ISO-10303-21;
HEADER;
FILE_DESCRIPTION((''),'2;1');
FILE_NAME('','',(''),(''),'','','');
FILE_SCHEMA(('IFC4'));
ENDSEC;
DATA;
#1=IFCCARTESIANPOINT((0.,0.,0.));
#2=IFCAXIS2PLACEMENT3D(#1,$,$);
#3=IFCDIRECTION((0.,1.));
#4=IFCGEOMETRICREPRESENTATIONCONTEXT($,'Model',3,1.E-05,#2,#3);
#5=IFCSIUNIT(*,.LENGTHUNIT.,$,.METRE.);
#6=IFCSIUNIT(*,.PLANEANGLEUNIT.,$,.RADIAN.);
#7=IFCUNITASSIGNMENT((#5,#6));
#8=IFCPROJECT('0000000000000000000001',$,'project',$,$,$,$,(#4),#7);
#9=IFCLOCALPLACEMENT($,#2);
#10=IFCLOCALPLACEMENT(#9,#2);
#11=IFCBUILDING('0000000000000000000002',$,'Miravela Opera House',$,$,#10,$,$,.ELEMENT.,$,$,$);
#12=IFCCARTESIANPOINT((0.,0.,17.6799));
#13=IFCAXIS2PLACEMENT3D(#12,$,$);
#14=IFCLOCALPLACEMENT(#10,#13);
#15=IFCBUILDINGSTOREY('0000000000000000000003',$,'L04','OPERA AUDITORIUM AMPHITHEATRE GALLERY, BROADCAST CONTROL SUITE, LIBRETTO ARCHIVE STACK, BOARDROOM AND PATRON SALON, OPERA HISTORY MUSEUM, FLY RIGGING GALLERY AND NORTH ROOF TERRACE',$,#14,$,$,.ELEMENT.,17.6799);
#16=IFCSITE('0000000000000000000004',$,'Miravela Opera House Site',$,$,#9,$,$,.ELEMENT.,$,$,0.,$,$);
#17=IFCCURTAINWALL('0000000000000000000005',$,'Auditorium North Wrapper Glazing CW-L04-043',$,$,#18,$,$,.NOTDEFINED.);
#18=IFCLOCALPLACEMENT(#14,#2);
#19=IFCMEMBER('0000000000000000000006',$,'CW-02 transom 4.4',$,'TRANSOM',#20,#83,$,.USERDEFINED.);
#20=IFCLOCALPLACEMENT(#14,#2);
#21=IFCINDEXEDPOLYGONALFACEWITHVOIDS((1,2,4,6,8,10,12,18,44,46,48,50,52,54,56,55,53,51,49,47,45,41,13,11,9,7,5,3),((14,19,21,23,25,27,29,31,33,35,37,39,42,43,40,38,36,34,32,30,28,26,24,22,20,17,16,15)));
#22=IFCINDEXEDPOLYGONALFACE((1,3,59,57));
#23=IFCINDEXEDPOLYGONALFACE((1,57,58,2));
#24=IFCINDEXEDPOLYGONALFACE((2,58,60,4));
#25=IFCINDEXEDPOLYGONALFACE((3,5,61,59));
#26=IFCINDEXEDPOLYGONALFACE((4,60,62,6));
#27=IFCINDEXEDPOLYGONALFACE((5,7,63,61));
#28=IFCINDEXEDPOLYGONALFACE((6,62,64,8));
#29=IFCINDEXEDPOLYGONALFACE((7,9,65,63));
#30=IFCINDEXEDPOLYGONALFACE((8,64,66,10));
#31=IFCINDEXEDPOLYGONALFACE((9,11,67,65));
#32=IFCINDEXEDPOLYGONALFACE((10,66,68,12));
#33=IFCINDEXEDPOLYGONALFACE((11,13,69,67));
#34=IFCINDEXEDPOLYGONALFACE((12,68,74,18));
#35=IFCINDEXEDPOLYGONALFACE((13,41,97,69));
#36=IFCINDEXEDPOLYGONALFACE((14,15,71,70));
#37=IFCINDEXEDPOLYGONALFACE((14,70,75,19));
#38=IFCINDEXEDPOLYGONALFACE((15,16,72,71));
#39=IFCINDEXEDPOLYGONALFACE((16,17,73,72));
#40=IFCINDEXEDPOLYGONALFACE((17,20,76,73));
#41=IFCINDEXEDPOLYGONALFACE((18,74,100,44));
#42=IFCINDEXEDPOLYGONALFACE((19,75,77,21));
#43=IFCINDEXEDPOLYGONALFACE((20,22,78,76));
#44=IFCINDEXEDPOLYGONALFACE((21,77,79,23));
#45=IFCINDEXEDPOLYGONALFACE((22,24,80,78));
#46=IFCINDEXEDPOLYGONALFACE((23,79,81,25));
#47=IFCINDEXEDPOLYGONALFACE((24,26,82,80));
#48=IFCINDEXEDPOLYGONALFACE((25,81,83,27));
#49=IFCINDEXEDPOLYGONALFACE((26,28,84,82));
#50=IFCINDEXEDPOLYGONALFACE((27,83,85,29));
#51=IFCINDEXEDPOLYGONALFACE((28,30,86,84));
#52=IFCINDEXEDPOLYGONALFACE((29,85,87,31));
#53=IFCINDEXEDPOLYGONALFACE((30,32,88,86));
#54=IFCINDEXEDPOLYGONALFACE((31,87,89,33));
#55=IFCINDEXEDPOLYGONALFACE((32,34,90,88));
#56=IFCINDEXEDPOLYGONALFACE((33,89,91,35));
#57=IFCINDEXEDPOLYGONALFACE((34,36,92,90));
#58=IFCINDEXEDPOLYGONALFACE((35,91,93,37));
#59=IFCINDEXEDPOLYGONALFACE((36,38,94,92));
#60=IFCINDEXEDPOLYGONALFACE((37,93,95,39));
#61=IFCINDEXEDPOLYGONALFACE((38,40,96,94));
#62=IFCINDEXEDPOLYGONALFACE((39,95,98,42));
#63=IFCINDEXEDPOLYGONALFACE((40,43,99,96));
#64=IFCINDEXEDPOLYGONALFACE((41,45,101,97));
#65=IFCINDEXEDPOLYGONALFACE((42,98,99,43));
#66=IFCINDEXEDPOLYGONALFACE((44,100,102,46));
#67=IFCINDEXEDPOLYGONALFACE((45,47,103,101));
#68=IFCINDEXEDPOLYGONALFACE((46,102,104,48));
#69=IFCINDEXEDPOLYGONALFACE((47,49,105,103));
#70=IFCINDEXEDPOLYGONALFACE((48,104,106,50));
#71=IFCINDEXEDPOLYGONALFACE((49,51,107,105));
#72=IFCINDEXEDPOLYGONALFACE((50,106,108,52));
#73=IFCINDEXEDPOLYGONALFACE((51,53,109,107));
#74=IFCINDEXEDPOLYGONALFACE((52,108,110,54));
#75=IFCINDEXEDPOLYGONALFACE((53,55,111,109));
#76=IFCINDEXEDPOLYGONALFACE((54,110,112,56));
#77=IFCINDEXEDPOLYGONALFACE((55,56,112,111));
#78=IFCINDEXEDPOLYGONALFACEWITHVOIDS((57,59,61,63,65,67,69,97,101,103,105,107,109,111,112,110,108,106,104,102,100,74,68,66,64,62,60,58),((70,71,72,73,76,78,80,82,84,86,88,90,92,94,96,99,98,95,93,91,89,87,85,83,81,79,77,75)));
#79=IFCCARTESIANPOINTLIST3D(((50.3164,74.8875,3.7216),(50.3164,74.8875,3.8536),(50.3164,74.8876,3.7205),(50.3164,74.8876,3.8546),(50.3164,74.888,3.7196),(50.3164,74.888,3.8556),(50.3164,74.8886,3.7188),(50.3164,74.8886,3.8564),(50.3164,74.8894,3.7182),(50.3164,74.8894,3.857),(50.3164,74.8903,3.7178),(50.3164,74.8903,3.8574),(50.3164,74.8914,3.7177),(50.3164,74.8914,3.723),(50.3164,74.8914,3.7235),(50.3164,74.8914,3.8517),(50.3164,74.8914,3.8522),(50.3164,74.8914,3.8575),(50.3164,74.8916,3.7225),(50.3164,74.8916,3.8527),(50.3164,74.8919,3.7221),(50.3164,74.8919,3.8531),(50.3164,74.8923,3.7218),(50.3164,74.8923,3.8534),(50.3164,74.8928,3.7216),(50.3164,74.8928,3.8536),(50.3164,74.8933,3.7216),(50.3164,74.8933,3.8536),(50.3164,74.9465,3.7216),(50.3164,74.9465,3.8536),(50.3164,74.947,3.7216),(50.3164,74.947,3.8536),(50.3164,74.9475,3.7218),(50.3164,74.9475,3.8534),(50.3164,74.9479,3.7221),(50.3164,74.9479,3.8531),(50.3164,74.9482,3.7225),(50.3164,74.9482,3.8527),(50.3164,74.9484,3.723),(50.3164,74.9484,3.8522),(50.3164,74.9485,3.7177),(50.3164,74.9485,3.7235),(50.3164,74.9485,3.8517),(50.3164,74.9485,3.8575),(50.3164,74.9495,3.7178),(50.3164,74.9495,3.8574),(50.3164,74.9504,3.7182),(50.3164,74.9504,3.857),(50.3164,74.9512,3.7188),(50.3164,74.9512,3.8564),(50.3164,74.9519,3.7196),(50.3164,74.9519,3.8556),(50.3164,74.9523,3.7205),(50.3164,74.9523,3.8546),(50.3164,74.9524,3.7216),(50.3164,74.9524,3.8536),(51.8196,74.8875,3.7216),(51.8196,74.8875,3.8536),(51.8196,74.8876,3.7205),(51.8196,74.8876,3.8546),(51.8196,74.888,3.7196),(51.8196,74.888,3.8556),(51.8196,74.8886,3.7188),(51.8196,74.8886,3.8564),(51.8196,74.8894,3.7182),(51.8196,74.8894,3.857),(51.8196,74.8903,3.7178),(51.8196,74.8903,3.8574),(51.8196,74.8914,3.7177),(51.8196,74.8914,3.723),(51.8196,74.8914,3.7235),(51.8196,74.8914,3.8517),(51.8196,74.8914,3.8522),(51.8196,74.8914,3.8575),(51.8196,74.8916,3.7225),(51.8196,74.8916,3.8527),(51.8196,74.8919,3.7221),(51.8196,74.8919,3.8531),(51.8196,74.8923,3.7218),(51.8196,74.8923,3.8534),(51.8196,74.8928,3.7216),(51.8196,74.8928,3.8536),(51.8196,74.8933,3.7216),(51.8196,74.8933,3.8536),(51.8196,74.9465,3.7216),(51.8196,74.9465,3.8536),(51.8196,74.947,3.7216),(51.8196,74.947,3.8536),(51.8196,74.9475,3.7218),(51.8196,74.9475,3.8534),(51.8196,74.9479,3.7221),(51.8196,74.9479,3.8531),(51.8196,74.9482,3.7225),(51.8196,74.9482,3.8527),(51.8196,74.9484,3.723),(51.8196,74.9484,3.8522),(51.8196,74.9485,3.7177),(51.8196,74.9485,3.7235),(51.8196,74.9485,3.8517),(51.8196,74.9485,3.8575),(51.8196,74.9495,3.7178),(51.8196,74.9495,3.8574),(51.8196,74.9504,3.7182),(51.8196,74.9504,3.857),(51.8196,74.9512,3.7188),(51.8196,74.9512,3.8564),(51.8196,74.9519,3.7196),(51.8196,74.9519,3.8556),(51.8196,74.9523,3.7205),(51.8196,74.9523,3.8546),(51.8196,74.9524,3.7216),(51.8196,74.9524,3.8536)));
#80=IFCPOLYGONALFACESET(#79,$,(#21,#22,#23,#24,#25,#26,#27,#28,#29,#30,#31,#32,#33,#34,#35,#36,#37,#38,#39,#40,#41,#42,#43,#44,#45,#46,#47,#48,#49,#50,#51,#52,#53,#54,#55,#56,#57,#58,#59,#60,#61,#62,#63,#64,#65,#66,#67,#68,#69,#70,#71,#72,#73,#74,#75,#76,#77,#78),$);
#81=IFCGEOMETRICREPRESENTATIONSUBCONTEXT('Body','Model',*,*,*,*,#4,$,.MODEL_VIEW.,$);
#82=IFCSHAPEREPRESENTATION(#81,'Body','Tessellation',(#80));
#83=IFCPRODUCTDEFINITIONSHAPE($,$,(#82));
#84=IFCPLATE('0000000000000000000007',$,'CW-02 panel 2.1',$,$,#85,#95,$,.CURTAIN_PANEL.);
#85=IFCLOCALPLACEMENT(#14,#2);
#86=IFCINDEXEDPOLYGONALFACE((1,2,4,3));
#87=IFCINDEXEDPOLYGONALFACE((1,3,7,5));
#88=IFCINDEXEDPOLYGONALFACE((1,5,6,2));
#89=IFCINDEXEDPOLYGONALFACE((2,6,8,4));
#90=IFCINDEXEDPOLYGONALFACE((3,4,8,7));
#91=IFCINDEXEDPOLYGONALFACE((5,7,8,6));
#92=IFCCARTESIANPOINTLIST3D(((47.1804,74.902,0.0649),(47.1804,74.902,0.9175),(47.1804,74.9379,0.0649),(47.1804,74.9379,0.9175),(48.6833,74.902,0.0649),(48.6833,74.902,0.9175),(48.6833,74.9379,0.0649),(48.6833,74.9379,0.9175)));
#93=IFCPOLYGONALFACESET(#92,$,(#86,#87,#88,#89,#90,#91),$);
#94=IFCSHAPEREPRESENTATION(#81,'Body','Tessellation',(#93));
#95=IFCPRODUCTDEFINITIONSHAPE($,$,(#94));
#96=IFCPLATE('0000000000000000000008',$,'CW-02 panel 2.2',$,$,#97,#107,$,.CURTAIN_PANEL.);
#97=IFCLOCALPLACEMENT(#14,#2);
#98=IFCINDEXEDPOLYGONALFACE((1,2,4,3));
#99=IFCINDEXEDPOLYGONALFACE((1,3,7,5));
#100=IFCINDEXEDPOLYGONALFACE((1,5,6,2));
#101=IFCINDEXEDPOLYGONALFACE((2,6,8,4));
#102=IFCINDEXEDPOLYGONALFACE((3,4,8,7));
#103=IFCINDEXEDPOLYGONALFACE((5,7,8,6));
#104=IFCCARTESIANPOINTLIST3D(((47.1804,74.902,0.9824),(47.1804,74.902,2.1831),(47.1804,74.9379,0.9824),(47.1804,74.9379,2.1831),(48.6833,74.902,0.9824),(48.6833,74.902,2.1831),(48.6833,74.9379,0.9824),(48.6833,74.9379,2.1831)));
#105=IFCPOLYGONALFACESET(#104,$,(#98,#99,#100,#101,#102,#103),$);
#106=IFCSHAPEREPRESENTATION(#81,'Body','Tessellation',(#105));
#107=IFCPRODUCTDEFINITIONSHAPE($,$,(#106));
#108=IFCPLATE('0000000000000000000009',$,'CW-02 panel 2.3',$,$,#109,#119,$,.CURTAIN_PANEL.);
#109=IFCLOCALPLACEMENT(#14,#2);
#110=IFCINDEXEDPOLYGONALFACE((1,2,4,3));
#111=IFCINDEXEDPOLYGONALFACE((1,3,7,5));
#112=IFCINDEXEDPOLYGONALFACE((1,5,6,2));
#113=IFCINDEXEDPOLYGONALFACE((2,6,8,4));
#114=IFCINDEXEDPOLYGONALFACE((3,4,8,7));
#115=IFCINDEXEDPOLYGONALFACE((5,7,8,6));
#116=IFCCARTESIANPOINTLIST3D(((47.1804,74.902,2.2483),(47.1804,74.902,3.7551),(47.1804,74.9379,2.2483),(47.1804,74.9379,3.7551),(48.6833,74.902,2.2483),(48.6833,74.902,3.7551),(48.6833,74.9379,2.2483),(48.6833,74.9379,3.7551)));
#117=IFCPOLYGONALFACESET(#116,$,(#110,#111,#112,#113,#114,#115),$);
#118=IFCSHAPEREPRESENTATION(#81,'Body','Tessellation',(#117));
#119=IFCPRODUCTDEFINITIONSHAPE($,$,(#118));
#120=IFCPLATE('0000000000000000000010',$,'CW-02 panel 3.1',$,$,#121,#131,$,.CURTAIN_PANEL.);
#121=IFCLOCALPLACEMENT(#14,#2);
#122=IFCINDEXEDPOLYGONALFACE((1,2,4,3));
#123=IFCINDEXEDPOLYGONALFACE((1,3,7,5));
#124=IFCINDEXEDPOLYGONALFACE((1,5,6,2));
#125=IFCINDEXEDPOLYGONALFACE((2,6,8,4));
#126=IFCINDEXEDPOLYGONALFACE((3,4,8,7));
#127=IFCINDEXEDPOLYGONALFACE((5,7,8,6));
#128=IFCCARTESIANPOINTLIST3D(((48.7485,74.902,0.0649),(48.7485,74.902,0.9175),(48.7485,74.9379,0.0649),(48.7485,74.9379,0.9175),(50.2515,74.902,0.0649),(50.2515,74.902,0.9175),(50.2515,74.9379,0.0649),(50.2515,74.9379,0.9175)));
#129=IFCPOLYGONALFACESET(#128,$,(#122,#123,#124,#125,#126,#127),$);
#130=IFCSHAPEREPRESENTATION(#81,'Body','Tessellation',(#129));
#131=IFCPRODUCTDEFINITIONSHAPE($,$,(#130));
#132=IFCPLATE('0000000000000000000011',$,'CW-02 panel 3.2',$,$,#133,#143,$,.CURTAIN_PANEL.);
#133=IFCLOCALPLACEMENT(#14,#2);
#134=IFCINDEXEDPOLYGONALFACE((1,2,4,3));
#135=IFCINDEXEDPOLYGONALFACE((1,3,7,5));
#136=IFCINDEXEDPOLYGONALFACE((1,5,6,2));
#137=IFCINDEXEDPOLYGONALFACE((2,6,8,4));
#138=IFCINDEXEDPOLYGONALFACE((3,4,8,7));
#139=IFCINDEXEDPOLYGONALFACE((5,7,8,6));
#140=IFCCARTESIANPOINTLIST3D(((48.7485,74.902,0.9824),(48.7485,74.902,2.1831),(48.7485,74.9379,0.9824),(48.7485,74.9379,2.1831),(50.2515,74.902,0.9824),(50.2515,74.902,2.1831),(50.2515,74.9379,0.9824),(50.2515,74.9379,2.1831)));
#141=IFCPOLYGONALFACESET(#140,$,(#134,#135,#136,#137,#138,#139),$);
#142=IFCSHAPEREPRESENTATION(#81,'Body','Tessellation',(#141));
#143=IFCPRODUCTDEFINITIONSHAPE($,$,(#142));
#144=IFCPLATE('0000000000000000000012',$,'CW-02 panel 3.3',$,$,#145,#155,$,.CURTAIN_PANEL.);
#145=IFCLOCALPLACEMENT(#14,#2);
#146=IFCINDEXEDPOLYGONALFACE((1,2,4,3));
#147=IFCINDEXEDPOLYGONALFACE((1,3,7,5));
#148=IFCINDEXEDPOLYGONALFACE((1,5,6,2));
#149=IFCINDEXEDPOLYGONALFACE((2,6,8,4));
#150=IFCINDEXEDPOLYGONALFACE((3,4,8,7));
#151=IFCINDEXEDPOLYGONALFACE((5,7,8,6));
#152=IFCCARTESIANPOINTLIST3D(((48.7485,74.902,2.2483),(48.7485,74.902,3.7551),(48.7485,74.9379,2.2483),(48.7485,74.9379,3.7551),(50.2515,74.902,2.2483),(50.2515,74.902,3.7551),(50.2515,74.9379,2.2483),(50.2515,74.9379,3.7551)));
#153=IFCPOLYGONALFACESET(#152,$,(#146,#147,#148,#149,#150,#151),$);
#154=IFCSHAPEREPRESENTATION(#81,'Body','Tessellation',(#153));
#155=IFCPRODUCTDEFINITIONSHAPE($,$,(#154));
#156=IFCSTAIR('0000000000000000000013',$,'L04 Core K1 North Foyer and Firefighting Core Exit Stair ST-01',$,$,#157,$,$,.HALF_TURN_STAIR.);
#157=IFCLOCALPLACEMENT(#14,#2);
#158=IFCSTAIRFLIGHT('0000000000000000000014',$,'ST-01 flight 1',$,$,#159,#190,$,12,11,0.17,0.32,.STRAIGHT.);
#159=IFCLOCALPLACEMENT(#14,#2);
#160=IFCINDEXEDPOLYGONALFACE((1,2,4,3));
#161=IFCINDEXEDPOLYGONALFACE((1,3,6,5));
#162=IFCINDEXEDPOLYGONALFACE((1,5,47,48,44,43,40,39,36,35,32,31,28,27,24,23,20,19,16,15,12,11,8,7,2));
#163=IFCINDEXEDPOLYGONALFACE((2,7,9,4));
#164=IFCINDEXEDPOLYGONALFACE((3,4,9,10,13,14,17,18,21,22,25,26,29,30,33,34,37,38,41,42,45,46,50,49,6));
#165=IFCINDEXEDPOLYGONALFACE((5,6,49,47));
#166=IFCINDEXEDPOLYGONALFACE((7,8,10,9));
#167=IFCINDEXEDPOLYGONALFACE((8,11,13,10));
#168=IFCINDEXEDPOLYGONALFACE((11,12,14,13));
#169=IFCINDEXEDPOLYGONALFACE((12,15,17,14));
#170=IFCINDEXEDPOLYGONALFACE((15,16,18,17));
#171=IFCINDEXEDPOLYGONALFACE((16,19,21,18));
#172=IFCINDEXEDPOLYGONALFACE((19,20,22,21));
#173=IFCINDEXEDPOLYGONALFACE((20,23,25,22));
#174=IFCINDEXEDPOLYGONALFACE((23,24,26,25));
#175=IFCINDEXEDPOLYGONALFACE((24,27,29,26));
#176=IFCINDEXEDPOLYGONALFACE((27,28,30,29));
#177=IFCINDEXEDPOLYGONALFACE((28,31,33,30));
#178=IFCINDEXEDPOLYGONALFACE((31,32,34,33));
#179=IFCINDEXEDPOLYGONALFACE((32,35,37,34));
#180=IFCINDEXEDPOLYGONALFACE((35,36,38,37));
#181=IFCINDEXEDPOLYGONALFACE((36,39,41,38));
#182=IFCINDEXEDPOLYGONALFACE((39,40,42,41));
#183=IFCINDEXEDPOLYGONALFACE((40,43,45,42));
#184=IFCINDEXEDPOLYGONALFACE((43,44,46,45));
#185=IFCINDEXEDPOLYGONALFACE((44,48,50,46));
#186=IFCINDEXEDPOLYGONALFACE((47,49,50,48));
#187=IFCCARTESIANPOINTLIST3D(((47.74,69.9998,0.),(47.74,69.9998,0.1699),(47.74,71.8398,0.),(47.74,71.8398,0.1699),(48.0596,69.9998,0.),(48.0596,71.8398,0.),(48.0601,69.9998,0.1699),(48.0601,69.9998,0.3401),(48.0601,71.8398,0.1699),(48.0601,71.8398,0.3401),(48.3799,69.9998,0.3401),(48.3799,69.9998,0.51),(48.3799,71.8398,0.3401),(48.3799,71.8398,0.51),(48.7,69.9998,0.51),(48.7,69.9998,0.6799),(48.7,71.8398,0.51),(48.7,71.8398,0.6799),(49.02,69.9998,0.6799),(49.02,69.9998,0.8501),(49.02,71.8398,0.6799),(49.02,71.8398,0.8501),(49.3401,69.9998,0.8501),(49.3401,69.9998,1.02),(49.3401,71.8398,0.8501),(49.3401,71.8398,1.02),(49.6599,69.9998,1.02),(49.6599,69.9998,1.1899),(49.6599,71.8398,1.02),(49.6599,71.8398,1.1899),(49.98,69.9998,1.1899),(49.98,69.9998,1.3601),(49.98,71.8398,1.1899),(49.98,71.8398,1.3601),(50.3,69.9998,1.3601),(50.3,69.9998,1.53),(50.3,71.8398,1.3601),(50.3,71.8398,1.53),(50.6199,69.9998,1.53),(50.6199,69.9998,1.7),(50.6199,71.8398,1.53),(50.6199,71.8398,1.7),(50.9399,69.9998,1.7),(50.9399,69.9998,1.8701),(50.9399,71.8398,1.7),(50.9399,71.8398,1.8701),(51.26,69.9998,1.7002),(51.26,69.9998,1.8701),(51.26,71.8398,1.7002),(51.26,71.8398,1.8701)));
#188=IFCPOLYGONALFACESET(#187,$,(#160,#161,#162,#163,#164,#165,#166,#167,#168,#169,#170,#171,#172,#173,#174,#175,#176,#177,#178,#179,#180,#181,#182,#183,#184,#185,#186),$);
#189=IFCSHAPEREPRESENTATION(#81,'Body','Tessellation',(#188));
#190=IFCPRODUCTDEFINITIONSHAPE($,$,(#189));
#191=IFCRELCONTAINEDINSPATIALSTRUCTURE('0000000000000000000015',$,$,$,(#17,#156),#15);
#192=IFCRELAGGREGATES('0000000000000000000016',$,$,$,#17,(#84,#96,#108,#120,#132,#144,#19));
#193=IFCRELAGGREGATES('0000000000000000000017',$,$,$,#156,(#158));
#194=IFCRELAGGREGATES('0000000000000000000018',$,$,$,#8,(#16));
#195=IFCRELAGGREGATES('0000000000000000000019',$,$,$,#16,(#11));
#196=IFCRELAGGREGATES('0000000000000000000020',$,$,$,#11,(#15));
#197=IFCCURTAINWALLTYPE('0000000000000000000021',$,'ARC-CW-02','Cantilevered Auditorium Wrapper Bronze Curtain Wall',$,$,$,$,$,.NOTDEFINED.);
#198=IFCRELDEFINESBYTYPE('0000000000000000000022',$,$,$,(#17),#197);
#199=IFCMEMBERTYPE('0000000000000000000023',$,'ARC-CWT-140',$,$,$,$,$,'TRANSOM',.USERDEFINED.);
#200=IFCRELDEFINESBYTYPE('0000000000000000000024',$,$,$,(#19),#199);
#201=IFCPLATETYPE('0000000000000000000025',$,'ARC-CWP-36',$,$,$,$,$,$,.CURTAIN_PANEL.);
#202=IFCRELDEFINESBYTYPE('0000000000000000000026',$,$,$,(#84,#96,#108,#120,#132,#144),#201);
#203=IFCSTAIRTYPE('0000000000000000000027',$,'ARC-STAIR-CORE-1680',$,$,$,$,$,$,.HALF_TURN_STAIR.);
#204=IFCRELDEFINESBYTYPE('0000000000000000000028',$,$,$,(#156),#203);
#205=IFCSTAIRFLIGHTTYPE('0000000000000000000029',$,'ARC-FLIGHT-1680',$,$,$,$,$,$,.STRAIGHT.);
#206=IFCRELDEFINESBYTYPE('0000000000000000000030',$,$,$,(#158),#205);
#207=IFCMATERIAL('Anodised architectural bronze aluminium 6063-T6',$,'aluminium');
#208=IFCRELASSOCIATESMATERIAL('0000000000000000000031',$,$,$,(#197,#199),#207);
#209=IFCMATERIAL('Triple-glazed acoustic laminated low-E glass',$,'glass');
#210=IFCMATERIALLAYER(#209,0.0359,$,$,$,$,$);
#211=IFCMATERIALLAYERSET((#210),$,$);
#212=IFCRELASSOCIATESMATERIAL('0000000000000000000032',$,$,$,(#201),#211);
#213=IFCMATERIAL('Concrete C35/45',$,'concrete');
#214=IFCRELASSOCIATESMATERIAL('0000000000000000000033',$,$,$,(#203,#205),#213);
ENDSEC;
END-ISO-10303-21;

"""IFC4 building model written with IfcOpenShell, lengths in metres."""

from ifc_helpers import new_model, si_unit, direction, frame, origin, origin_2d, place, context, subcontext, project, spatial, polyline, rectangle, hollow_rectangle, outline, extrude, material, layer, layer_set, material_profile, profile_set, type_object, element, aggregate, save


model = new_model("IFC4")

# Units and contexts
model_context = context("Model", 3, precision=1e-05, world=origin(), true_north=direction((0.0, 1.0)))
body_context = subcontext(model_context, "Body", "Model", "MODEL_VIEW")
ifc_project = project(units=[si_unit("LENGTHUNIT", "METRE"), si_unit("PLANEANGLEUNIT", "RADIAN")], contexts=[model_context])

# Site, building, storey
site_placement = place(None, origin())
site = spatial("IfcSite", under=ifc_project, at=site_placement, Name="Miravela Opera House Site", CompositionType="ELEMENT", RefElevation=0.0)
building_placement = place(site_placement, origin())
building = spatial("IfcBuilding", under=site, at=building_placement, Name="Miravela Opera House", CompositionType="ELEMENT")
storey_placement = place(building_placement, frame((0.0, 0.0, 17.6799)))
storey = spatial("IfcBuildingStorey", under=building, at=storey_placement, Name="L04", Description="OPERA AUDITORIUM AMPHITHEATRE GALLERY, BROADCAST CONTROL SUITE, LIBRETTO ARCHIVE STACK, BOARDROOM AND PATRON SALON, OPERA HISTORY MUSEUM, FLY RIGGING GALLERY AND NORTH ROOF TERRACE", CompositionType="ELEMENT", Elevation=17.6799)

# Curtain wall, member, plates
ifc_material_1 = material(Name="Anodised architectural bronze aluminium 6063-T6", Category="aluminium")
curtain_wall_type = type_object("IfcCurtainWallType", Name="ARC-CW-02", Description="Cantilevered Auditorium Wrapper Bronze Curtain Wall", PredefinedType="NOTDEFINED", material=ifc_material_1)
curtain_wall_placement = place(storey_placement, origin())
curtain_wall = element("IfcCurtainWall", 1, at=curtain_wall_placement, inside=storey, type_object=curtain_wall_type, Name="Auditorium North Wrapper Glazing CW-L04-043", PredefinedType="NOTDEFINED")
ifc_material_profile_1 = material_profile(ifc_material_1, hollow_rectangle(XDim=0.0649, YDim=0.1399, WallThickness=0.0039, InnerFilletRadius=0.002, OuterFilletRadius=0.0039, at=origin_2d()), Name="CWT-65X140")
ifc_profile_set_1 = profile_set([ifc_material_profile_1])
member_type_1 = type_object("IfcMemberType", Name="ARC-CWT-140", ElementType="TRANSOM", PredefinedType="USERDEFINED", material=ifc_profile_set_1)
member_1_placement = place(storey_placement, frame((50.3164, 74.9199, 3.7876), z_axis=(1.0, 0.0, 0.0), x_axis=(0.0, 1.0, 0.0)))
member_1 = element("IfcMember", 2, at=member_1_placement, type_object=member_type_1, Name="CW-02 transom 4.4", ObjectType="TRANSOM", PredefinedType="USERDEFINED", context=body_context, shape_type="SweptSolid", body=[
    extrude(hollow_rectangle(XDim=0.0649, YDim=0.1399, WallThickness=0.0039, InnerFilletRadius=0.002, OuterFilletRadius=0.0039, at=origin_2d()), origin(), (0.0, 0.0, 1.0), 1.5032),
])
ifc_material_2 = material(Name="Triple-glazed acoustic laminated low-E glass", Category="glass")
ifc_layer = layer(ifc_material_2, 0.0359)
ifc_layer_set = layer_set([ifc_layer])
plate_type = type_object("IfcPlateType", Name="ARC-CWP-36", PredefinedType="CURTAIN_PANEL", material=ifc_layer_set)
plate_1_placement = place(storey_placement, frame((47.9319, 74.9199, 0.0649), z_axis=(0.0, 0.0, 1.0), x_axis=(1.0, 0.0, 0.0)))
plate_1 = element("IfcPlate", 3, at=plate_1_placement, type_object=plate_type, Name="CW-02 panel 2.1", PredefinedType="CURTAIN_PANEL", context=body_context, shape_type="SweptSolid", body=[
    extrude(rectangle(XDim=1.5029, YDim=0.0359, at=origin_2d()), origin(), (0.0, 0.0, 1.0), 0.8525),
])
plate_2_placement = place(storey_placement, frame((47.9319, 74.9199, 0.9824), z_axis=(0.0, 0.0, 1.0), x_axis=(1.0, 0.0, 0.0)))
plate_2 = element("IfcPlate", 4, at=plate_2_placement, type_object=plate_type, Name="CW-02 panel 2.2", PredefinedType="CURTAIN_PANEL", context=body_context, shape_type="SweptSolid", body=[
    extrude(rectangle(XDim=1.5029, YDim=0.0359, at=origin_2d()), origin(), (0.0, 0.0, 1.0), 1.2007),
])
plate_3_placement = place(storey_placement, frame((47.9319, 74.9199, 2.2483), z_axis=(0.0, 0.0, 1.0), x_axis=(1.0, 0.0, 0.0)))
plate_3 = element("IfcPlate", 5, at=plate_3_placement, type_object=plate_type, Name="CW-02 panel 2.3", PredefinedType="CURTAIN_PANEL", context=body_context, shape_type="SweptSolid", body=[
    extrude(rectangle(XDim=1.5029, YDim=0.0359, at=origin_2d()), origin(), (0.0, 0.0, 1.0), 1.5068),
])
plate_4_placement = place(storey_placement, frame((49.5, 74.9199, 0.0649), z_axis=(0.0, 0.0, 1.0), x_axis=(1.0, 0.0, 0.0)))
plate_4 = element("IfcPlate", 6, at=plate_4_placement, type_object=plate_type, Name="CW-02 panel 3.1", PredefinedType="CURTAIN_PANEL", context=body_context, shape_type="SweptSolid", body=[
    extrude(rectangle(XDim=1.5029, YDim=0.0359, at=origin_2d()), origin(), (0.0, 0.0, 1.0), 0.8525),
])
plate_5_placement = place(storey_placement, frame((49.5, 74.9199, 0.9824), z_axis=(0.0, 0.0, 1.0), x_axis=(1.0, 0.0, 0.0)))
plate_5 = element("IfcPlate", 7, at=plate_5_placement, type_object=plate_type, Name="CW-02 panel 3.2", PredefinedType="CURTAIN_PANEL", context=body_context, shape_type="SweptSolid", body=[
    extrude(rectangle(XDim=1.5029, YDim=0.0359, at=origin_2d()), origin(), (0.0, 0.0, 1.0), 1.2007),
])
plate_6_placement = place(storey_placement, frame((49.5, 74.9199, 2.2483), z_axis=(0.0, 0.0, 1.0), x_axis=(1.0, 0.0, 0.0)))
plate_6 = element("IfcPlate", 8, at=plate_6_placement, type_object=plate_type, Name="CW-02 panel 3.3", PredefinedType="CURTAIN_PANEL", context=body_context, shape_type="SweptSolid", body=[
    extrude(rectangle(XDim=1.5029, YDim=0.0359, at=origin_2d()), origin(), (0.0, 0.0, 1.0), 1.5068),
])
aggregate(curtain_wall, [plate_1, plate_2, plate_3, plate_4, plate_5, plate_6, member_1])

# Stair, stair flight
ifc_material_3 = material(Name="Concrete C35/45", Category="concrete")
stair_type = type_object("IfcStairType", Name="ARC-STAIR-CORE-1680", PredefinedType="HALF_TURN_STAIR", material=ifc_material_3)
stair_placement = place(storey_placement, origin())
stair = element("IfcStair", 9, at=stair_placement, inside=storey, type_object=stair_type, Name="L04 Core K1 North Foyer and Firefighting Core Exit Stair ST-01", PredefinedType="HALF_TURN_STAIR")
stair_flight_type = type_object("IfcStairFlightType", Name="ARC-FLIGHT-1680", PredefinedType="STRAIGHT", material=ifc_material_3)
stair_flight_placement = place(storey_placement, frame((47.74, 70.9199, 0.0), z_axis=(0.0, 0.0, 1.0), x_axis=(1.0, 0.0, 0.0)))
stair_flight = element("IfcStairFlight", 10, at=stair_flight_placement, type_object=stair_flight_type, Name="ST-01 flight 1", NumberOfRisers=12, NumberOfTreads=11, PredefinedType="STRAIGHT", RiserHeight=0.17, TreadLength=0.32, context=body_context, shape_type="SweptSolid", body=[
    extrude(outline(polyline([(0.0, 0.0), (0.0, 0.1699), (0.3201, 0.1699), (0.3201, 0.3401), (0.6399, 0.3401), (0.6399, 0.51), (0.96, 0.51), (0.96, 0.6799), (1.28, 0.6799), (1.28, 0.8501), (1.6001, 0.8501), (1.6001, 1.02), (1.9199, 1.02), (1.9199, 1.1899), (2.24, 1.1899), (2.24, 1.3601), (2.5601, 1.3601), (2.5601, 1.53), (2.8799, 1.53), (2.8799, 1.7), (3.2, 1.7), (3.2, 1.8701), (3.52, 1.8701), (3.52, 2.04), (3.52, 1.7002), (0.3196, 0.0), (0.0, 0.0)])), frame((0.0, 0.9199, 0.0), z_axis=(0.0, -1.0, 0.0), x_axis=(1.0, 0.0, 0.0)), (0.0, 0.0, 1.0), 1.8401),
])
aggregate(stair, [stair_flight])

save(model, "model.ifc")
